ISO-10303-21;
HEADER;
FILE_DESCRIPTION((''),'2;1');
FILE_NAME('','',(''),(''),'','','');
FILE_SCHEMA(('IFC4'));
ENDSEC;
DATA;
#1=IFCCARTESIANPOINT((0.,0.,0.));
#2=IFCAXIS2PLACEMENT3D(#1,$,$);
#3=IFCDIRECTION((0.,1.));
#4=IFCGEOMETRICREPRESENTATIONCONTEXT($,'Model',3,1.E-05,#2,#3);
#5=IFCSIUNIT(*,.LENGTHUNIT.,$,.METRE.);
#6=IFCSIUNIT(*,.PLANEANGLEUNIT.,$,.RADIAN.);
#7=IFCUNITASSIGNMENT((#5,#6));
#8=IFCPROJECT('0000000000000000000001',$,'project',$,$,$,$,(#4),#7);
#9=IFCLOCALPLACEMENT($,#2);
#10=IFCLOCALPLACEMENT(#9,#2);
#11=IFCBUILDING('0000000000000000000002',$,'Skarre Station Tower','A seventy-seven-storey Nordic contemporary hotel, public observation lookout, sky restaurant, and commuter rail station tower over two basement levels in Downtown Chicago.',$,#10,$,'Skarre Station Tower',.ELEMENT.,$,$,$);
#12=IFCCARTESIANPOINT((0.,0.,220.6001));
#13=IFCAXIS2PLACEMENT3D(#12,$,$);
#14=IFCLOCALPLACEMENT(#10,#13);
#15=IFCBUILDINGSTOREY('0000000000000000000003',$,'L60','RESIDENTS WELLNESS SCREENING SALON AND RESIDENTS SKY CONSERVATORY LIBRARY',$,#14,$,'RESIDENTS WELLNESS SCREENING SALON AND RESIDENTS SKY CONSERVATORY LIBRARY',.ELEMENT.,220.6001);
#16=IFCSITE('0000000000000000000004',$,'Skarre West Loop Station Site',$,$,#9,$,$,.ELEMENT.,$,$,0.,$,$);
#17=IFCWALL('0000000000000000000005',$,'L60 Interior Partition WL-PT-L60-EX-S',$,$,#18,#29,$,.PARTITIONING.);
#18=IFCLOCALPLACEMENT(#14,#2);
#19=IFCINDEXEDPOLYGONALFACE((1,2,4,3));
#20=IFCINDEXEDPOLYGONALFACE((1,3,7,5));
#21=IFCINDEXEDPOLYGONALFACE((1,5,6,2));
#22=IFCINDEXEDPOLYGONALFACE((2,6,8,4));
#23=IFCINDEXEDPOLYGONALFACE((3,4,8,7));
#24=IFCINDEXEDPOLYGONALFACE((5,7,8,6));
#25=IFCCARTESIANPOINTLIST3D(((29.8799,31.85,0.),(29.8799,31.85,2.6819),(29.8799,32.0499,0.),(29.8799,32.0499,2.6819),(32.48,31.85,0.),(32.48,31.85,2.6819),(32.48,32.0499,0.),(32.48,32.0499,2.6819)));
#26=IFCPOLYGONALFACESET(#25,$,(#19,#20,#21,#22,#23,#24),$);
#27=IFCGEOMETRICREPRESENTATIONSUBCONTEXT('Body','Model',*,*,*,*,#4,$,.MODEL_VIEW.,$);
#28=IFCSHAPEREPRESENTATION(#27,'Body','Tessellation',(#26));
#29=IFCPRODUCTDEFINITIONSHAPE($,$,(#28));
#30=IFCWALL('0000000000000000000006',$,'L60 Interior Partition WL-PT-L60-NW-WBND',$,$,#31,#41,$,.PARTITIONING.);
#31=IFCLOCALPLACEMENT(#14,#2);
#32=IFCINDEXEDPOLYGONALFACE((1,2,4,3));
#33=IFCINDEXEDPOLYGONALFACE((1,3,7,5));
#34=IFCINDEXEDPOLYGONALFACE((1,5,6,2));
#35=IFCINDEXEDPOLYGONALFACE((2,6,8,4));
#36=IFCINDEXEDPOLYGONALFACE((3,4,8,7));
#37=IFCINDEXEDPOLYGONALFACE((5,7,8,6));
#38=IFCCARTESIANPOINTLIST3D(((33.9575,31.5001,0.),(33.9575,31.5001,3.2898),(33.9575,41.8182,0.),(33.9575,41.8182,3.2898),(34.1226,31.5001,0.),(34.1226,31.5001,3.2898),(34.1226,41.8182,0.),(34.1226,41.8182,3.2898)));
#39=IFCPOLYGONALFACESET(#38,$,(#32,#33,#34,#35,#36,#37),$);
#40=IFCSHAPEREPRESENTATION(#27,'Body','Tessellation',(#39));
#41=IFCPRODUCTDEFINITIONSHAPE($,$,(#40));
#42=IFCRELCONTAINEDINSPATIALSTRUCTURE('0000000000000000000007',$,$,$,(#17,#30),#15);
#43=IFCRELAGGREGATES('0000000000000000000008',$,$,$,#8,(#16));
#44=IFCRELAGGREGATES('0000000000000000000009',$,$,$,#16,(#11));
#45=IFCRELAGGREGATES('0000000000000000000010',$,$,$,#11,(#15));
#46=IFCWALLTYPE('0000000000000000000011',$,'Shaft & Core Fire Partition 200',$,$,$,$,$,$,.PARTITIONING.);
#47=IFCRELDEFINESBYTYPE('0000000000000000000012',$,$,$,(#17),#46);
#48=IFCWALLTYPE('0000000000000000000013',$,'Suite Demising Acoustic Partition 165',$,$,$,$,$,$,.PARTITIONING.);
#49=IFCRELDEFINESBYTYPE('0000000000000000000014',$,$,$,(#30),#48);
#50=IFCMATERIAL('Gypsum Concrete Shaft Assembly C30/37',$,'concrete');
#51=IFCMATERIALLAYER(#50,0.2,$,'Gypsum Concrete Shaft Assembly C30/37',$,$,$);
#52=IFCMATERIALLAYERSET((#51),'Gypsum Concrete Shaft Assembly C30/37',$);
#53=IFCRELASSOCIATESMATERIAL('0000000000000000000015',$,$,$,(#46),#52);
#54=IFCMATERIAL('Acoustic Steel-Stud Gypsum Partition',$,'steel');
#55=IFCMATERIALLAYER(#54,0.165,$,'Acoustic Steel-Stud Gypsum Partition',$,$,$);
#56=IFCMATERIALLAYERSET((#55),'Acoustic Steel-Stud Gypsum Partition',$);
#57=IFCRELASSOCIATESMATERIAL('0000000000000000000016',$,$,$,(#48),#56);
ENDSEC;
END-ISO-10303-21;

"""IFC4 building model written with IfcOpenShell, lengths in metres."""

from ifc_helpers import new_model, si_unit, direction, frame, frame_2d, origin, place, context, subcontext, project, spatial, rectangle, extrude, material, layer, layer_set, type_object, element, save


model = new_model("IFC4")

# Units and contexts
model_context = context("Model", 3, precision=1e-05, world=origin(), true_north=direction((0.0, 1.0)))
body_context = subcontext(model_context, "Body", "Model", "MODEL_VIEW")
ifc_project = project(units=[si_unit("LENGTHUNIT", "METRE"), si_unit("PLANEANGLEUNIT", "RADIAN")], contexts=[model_context])

# Site, building, storey
site_placement = place(None, origin())
site = spatial("IfcSite", under=ifc_project, at=site_placement, Name="Skarre West Loop Station Site", CompositionType="ELEMENT", RefElevation=0.0)
building_placement = place(site_placement, origin())
building = spatial("IfcBuilding", under=site, at=building_placement, Name="Skarre Station Tower", Description="A seventy-seven-storey Nordic contemporary hotel, public observation lookout, sky restaurant, and commuter rail station tower over two basement levels in Downtown Chicago.", LongName="Skarre Station Tower", CompositionType="ELEMENT")
storey_placement = place(building_placement, frame((0.0, 0.0, 220.6001)))
storey = spatial("IfcBuildingStorey", under=building, at=storey_placement, Name="L60", Description="RESIDENTS WELLNESS SCREENING SALON AND RESIDENTS SKY CONSERVATORY LIBRARY", LongName="RESIDENTS WELLNESS SCREENING SALON AND RESIDENTS SKY CONSERVATORY LIBRARY", CompositionType="ELEMENT", Elevation=220.6001)

# Shared definitions
ifc_material_1 = material(Name="Acoustic Steel-Stud Gypsum Partition", Category="steel")

# Walls
ifc_material_2 = material(Name="Gypsum Concrete Shaft Assembly C30/37", Category="concrete")
ifc_layer_1 = layer(ifc_material_2, 0.2, Name="Gypsum Concrete Shaft Assembly C30/37")
ifc_layer_set_1 = layer_set([ifc_layer_1], Name="Gypsum Concrete Shaft Assembly C30/37")
wall_type_1 = type_object("IfcWallType", Name="Shaft & Core Fire Partition 200", PredefinedType="PARTITIONING", material=ifc_layer_set_1)
wall_1_placement = place(storey_placement, frame((32.48, 31.95, 0.0), z_axis=(0.0, 0.0, 1.0), x_axis=(-1.0, 0.0, 0.0)))
element("IfcWall", 1, at=wall_1_placement, inside=storey, type_object=wall_type_1, Name="L60 Interior Partition WL-PT-L60-EX-S", PredefinedType="PARTITIONING", context=body_context, shape_type="SweptSolid", body=[
    extrude(rectangle(XDim=2.6001, YDim=0.2, at=frame_2d((1.3, 0.0))), origin(), (0.0, 0.0, 1.0), 2.6819),
])
ifc_layer_2 = layer(ifc_material_1, 0.165, Name="Acoustic Steel-Stud Gypsum Partition")
ifc_layer_set_2 = layer_set([ifc_layer_2], Name="Acoustic Steel-Stud Gypsum Partition")
wall_type_2 = type_object("IfcWallType", Name="Suite Demising Acoustic Partition 165", PredefinedType="PARTITIONING", material=ifc_layer_set_2)
wall_2_placement = place(storey_placement, frame((34.04, 31.5, 0.0), z_axis=(0.0, 0.0, 1.0), x_axis=(0.0, 1.0, 0.0)))
element("IfcWall", 2, at=wall_2_placement, inside=storey, type_object=wall_type_2, Name="L60 Interior Partition WL-PT-L60-NW-WBND", PredefinedType="PARTITIONING", context=body_context, shape_type="SweptSolid", body=[
    extrude(rectangle(XDim=10.3181, YDim=0.165, at=frame_2d((5.1592, 0.0))), origin(), (0.0, 0.0, 1.0), 3.2898),
])

save(model, "model.ifc")
